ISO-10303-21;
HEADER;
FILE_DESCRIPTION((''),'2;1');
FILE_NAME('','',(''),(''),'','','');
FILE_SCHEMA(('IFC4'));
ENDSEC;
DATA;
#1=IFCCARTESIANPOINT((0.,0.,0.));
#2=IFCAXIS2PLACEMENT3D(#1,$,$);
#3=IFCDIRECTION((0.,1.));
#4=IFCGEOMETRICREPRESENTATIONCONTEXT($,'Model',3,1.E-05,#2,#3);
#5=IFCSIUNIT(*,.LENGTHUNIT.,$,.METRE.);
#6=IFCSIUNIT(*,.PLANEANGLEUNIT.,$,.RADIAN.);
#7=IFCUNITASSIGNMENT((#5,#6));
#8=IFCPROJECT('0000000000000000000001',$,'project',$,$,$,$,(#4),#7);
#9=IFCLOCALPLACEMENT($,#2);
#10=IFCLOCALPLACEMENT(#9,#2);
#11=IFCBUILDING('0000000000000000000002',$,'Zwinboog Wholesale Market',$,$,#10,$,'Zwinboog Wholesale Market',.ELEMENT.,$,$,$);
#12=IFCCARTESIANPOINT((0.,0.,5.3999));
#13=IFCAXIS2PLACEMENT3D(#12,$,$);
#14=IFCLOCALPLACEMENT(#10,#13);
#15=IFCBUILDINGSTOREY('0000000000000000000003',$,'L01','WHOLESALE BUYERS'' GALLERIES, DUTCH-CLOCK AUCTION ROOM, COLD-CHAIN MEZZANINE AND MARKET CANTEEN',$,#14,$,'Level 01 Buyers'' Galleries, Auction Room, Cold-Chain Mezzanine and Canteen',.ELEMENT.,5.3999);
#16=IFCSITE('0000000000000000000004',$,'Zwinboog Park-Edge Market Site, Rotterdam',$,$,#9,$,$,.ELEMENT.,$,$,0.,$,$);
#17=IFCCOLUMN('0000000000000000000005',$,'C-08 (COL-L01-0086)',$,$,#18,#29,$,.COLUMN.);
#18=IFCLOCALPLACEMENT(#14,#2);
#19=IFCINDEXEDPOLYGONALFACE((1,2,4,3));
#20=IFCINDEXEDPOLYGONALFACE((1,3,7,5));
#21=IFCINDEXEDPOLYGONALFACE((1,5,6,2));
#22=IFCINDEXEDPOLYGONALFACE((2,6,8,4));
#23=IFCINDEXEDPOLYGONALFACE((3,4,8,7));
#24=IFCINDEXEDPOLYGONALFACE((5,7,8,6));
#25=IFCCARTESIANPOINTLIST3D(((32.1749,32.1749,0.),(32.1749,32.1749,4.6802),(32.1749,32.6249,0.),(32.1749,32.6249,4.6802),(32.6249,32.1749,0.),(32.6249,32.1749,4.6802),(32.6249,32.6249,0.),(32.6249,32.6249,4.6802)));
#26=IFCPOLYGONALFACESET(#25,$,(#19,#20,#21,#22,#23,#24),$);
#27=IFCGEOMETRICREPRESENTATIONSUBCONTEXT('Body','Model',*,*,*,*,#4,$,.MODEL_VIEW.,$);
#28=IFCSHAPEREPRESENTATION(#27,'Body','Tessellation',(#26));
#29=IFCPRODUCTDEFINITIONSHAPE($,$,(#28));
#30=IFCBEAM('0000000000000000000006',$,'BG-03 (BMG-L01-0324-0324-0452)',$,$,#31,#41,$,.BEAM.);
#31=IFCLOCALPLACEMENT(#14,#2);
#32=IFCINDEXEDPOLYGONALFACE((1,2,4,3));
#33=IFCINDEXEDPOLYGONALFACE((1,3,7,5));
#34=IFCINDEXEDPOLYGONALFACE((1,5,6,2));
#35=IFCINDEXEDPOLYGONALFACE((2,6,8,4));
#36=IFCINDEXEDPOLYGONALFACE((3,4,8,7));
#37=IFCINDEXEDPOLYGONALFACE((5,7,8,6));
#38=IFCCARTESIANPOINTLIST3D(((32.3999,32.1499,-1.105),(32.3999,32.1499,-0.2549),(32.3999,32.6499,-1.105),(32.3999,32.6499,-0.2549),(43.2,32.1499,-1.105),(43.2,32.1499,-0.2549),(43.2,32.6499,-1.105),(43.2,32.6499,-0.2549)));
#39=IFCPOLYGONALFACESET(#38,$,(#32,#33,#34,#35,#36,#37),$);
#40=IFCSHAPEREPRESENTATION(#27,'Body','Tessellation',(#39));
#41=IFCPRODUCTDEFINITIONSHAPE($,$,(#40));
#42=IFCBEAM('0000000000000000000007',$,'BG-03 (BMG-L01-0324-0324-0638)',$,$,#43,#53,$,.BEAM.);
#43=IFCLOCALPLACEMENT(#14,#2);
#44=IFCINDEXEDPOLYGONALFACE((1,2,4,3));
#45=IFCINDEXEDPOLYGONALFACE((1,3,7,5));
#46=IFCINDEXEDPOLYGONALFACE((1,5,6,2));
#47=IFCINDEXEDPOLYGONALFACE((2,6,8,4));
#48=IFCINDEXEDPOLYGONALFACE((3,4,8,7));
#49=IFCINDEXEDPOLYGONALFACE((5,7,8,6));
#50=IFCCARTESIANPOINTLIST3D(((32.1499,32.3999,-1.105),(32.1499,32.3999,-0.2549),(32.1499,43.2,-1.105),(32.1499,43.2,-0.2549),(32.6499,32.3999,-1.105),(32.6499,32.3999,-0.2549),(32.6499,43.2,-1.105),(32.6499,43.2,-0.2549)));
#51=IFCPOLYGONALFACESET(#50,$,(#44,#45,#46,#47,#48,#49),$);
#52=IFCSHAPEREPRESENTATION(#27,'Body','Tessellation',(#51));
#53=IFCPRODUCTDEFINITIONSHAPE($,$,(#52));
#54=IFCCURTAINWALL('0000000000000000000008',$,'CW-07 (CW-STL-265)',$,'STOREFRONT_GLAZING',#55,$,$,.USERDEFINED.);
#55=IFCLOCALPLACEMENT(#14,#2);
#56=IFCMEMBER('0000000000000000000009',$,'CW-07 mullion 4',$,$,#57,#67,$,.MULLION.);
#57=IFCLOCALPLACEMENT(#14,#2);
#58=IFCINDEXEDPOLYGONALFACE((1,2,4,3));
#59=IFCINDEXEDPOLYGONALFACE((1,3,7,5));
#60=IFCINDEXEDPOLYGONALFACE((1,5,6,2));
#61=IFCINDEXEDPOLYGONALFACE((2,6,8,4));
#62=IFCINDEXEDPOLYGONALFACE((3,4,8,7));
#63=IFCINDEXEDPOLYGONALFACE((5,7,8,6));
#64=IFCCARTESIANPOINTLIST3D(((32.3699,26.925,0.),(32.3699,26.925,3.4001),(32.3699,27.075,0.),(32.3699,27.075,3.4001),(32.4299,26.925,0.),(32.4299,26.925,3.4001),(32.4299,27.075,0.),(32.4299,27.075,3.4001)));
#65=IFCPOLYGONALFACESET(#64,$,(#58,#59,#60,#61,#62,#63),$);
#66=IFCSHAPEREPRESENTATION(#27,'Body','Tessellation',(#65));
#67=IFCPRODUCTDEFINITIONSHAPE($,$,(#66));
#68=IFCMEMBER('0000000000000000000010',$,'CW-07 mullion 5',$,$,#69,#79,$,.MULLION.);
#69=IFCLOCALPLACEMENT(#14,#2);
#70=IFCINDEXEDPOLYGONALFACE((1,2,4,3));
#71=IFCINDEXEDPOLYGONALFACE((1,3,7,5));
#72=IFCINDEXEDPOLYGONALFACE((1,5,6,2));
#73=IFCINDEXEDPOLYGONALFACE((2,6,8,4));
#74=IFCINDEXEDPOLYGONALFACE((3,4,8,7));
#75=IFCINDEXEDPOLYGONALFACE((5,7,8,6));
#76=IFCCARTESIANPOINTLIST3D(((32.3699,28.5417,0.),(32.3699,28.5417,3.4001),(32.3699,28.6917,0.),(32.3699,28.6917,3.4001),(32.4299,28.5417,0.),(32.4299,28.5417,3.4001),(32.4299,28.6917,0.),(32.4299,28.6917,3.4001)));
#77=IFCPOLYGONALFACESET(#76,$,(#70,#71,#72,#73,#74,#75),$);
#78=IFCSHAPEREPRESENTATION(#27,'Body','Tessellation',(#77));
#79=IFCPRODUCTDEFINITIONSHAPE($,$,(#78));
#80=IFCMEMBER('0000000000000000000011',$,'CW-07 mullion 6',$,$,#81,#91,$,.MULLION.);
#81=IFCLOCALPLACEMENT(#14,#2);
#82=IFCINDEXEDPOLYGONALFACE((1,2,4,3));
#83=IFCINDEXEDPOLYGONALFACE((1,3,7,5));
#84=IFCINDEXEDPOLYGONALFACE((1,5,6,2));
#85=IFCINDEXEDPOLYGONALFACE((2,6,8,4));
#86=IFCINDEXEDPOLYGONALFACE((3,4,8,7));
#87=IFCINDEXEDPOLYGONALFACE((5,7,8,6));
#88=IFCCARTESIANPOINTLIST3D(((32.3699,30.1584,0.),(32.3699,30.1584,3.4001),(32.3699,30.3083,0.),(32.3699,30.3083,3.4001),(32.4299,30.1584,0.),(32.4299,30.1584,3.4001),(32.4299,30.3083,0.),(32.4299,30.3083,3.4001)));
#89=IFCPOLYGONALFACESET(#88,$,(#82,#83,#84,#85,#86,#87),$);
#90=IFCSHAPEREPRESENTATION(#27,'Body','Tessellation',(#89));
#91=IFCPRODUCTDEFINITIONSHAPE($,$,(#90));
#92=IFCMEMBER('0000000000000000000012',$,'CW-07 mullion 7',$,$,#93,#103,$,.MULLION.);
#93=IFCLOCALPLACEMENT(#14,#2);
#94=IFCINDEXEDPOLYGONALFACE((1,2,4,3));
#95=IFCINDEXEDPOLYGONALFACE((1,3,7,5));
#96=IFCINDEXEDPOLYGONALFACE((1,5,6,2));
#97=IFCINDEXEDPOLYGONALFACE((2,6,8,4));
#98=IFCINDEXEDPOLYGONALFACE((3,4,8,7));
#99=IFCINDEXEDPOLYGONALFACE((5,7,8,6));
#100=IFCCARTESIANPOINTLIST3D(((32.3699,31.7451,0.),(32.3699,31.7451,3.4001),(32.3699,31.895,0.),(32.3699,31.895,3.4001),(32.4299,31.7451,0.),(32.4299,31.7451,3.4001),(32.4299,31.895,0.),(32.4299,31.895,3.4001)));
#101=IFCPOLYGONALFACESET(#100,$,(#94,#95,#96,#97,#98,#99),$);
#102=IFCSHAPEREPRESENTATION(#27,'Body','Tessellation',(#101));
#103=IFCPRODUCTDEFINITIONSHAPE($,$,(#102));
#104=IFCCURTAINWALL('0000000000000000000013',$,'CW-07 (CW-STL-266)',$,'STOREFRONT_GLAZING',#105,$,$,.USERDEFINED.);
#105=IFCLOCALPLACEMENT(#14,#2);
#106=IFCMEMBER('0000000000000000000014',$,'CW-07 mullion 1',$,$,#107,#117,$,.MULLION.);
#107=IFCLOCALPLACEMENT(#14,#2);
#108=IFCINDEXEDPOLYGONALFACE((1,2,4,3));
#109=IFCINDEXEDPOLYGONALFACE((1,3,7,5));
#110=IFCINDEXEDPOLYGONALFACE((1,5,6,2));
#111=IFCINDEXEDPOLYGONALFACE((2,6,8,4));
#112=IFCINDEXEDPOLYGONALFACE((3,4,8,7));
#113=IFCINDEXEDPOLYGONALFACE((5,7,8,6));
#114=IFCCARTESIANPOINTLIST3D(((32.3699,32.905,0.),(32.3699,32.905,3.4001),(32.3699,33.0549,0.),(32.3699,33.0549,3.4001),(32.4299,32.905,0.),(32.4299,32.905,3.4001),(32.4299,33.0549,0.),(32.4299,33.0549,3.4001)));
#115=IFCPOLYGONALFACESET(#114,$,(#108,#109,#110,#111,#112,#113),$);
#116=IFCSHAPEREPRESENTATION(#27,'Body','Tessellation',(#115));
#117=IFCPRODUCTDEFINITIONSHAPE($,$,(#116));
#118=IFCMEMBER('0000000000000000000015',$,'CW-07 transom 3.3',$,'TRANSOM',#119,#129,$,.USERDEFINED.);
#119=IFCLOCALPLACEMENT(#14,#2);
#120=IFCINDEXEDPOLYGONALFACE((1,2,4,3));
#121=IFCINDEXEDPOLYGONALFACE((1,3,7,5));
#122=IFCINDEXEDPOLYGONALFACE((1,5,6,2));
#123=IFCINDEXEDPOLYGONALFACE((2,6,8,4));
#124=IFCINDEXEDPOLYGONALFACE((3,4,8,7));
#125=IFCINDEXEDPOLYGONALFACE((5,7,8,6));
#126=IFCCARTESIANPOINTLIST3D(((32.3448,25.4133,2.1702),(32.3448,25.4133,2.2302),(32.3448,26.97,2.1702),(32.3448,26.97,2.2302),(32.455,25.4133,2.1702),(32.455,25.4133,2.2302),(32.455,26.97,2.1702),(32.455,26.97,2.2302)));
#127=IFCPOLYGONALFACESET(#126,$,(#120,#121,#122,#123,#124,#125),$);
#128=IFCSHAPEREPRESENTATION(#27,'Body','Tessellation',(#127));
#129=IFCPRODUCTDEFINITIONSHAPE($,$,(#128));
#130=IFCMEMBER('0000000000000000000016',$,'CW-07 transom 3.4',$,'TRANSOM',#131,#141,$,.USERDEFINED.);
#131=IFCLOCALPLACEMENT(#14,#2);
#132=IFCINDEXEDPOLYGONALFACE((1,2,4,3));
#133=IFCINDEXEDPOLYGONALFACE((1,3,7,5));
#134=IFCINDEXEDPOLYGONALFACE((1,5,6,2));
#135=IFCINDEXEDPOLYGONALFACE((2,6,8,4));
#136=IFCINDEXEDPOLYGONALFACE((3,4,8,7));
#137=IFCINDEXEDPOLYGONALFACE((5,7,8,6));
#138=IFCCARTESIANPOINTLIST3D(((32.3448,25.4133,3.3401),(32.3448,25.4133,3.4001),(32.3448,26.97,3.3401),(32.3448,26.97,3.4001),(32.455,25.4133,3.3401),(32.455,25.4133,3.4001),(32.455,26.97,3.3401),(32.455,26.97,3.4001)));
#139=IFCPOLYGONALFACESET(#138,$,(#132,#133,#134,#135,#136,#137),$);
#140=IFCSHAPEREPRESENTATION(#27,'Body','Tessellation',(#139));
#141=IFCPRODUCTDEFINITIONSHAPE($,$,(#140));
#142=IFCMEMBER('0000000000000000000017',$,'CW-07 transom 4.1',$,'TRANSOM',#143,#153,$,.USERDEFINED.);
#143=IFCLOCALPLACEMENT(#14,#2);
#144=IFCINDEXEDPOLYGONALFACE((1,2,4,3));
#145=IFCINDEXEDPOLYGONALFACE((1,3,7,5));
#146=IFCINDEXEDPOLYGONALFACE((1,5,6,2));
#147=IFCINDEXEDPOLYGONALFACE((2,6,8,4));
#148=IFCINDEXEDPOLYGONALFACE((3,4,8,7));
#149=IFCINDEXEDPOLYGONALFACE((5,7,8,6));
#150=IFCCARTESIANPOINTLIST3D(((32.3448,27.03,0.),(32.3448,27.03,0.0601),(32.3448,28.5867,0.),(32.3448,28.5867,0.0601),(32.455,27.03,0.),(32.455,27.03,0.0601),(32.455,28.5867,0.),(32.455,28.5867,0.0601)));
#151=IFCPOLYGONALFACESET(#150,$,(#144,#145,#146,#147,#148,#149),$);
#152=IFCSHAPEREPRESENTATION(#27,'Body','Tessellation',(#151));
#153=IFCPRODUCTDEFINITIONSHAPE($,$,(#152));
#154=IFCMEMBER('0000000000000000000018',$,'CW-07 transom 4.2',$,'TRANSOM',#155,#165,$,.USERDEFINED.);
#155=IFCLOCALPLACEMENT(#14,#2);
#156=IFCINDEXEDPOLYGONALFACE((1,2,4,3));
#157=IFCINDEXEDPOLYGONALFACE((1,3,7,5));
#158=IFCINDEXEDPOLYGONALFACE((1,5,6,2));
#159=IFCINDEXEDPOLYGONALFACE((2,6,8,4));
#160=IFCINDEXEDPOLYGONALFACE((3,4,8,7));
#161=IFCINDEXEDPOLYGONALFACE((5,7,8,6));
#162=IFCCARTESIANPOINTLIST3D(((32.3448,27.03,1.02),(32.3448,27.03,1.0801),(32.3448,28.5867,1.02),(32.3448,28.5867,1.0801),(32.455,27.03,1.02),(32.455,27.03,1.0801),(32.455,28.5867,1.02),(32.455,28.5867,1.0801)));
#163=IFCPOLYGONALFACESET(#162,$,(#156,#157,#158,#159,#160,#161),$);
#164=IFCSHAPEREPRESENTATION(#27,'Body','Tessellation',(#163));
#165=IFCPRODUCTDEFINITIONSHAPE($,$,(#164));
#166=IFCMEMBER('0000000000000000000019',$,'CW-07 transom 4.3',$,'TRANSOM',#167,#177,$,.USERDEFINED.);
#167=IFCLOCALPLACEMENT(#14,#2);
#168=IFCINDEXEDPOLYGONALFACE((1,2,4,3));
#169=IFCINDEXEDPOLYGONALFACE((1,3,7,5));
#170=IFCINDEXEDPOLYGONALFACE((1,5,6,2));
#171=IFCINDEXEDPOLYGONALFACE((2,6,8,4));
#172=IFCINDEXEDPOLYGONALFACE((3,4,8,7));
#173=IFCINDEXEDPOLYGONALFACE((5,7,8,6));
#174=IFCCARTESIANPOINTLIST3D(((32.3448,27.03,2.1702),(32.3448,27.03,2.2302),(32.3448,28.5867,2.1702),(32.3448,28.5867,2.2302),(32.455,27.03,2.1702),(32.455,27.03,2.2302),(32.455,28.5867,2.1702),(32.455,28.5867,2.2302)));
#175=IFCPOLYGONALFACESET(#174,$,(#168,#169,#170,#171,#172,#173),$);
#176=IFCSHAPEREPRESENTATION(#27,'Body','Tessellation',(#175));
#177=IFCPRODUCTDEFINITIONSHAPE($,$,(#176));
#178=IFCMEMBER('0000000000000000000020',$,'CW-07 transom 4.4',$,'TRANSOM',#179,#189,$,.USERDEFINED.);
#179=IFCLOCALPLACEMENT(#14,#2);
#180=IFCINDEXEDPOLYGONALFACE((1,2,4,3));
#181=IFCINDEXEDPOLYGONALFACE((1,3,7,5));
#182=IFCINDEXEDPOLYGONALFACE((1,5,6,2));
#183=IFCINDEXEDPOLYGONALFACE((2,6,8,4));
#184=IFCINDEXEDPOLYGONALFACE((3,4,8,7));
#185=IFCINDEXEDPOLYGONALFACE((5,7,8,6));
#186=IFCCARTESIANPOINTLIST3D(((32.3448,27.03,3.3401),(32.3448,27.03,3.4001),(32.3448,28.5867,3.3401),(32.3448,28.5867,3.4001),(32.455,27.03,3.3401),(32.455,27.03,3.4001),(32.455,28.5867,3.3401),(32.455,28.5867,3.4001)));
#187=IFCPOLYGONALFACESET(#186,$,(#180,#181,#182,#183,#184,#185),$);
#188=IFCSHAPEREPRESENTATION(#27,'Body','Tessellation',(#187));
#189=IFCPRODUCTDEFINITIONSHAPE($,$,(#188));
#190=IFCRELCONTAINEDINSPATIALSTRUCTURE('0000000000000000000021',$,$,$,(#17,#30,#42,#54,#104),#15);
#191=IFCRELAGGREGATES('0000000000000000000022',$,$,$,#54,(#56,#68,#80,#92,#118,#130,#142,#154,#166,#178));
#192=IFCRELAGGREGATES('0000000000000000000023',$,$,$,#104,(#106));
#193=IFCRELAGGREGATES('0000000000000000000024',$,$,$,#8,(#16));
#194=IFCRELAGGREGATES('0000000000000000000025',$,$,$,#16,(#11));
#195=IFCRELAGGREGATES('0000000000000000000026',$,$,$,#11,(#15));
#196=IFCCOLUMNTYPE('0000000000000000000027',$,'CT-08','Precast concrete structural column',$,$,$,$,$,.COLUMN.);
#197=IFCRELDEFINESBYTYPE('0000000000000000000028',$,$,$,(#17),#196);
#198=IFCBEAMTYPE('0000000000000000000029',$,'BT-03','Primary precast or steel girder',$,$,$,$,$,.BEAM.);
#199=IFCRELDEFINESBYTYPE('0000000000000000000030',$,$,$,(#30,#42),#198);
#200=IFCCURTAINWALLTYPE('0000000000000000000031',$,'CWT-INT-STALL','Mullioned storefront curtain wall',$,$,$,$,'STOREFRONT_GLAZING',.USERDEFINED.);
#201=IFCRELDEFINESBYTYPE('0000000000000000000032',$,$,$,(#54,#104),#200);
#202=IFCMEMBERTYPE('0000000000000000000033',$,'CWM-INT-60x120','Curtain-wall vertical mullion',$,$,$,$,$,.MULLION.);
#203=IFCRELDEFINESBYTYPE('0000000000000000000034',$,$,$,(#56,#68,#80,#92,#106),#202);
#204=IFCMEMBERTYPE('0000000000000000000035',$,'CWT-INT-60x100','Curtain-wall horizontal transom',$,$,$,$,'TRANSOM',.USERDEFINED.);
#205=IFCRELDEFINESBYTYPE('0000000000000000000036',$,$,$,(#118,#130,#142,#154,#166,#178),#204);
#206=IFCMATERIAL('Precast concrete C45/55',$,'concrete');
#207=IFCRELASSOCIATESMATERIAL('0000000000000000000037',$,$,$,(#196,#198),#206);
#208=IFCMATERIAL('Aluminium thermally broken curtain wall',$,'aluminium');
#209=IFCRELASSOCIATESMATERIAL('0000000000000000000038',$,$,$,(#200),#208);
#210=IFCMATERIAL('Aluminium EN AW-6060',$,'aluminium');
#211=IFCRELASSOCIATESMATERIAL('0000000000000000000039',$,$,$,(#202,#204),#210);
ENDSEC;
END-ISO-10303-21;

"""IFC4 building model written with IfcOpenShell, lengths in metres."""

from ifc_helpers import new_model, si_unit, direction, frame, origin, origin_2d, place, context, subcontext, project, spatial, rectangle, extrude, material, material_profile, profile_set, type_object, element, aggregate, save


model = new_model("IFC4")

# Units and contexts
model_context = context("Model", 3, precision=1e-05, world=origin(), true_north=direction((0.0, 1.0)))
body_context = subcontext(model_context, "Body", "Model", "MODEL_VIEW")
ifc_project = project(units=[si_unit("LENGTHUNIT", "METRE"), si_unit("PLANEANGLEUNIT", "RADIAN")], contexts=[model_context])

# Site, building, storey
site_placement = place(None, origin())
site = spatial("IfcSite", under=ifc_project, at=site_placement, Name="Zwinboog Park-Edge Market Site, Rotterdam", CompositionType="ELEMENT", RefElevation=0.0)
building_placement = place(site_placement, origin())
building = spatial("IfcBuilding", under=site, at=building_placement, Name="Zwinboog Wholesale Market", LongName="Zwinboog Wholesale Market", CompositionType="ELEMENT")
storey_placement = place(building_placement, frame((0.0, 0.0, 5.3999)))
storey = spatial("IfcBuildingStorey", under=building, at=storey_placement, Name="L01", Description="WHOLESALE BUYERS' GALLERIES, DUTCH-CLOCK AUCTION ROOM, COLD-CHAIN MEZZANINE AND MARKET CANTEEN", LongName="Level 01 Buyers' Galleries, Auction Room, Cold-Chain Mezzanine and Canteen", CompositionType="ELEMENT", Elevation=5.3999)

# Column
ifc_material_1 = material(Name="Precast concrete C45/55", Category="concrete")
ifc_material_profile_1 = material_profile(ifc_material_1, rectangle(XDim=0.45, YDim=0.45, at=origin_2d()), Name="PC 450x450")
ifc_profile_set_1 = profile_set([ifc_material_profile_1], Name="Precast concrete C45/55")
column_type = type_object("IfcColumnType", Name="CT-08", Description="Precast concrete structural column", PredefinedType="COLUMN", material=ifc_profile_set_1)
column_placement = place(storey_placement, frame((32.3999, 32.3999, 0.0), z_axis=(0.0, 0.0, 1.0), x_axis=(1.0, 0.0, 0.0)))
element("IfcColumn", 1, at=column_placement, inside=storey, type_object=column_type, Name="C-08 (COL-L01-0086)", PredefinedType="COLUMN", context=body_context, shape_type="SweptSolid", body=[
    extrude(rectangle(XDim=0.45, YDim=0.45, at=origin_2d()), origin(), (0.0, 0.0, 1.0), 4.6802),
])

# Beams
ifc_material_profile_2 = material_profile(ifc_material_1, rectangle(XDim=0.5, YDim=0.8501, at=origin_2d()), Name="PC 500x850")
ifc_profile_set_2 = profile_set([ifc_material_profile_2], Name="Precast concrete C45/55")
beam_type = type_object("IfcBeamType", Name="BT-03", Description="Primary precast or steel girder", PredefinedType="BEAM", material=ifc_profile_set_2)
for number, where, z_axis, x_axis, name in (
    (2, (32.3999, 32.3999, -0.6799), (1.0, 0.0, 0.0), (0.0, 1.0, 0.0), "BG-03 (BMG-L01-0324-0324-0452)"),
    (3, (32.3999, 32.3999, -0.6799), (0.0, 1.0, 0.0), (-1.0, 0.0, 0.0), "BG-03 (BMG-L01-0324-0324-0638)"),
):
    element("IfcBeam", number, at=place(storey_placement, frame(where, z_axis=z_axis, x_axis=x_axis)), inside=storey, type_object=beam_type, Name=name, PredefinedType="BEAM", context=body_context, shape_type="SweptSolid", body=[
        extrude(rectangle(XDim=0.5, YDim=0.8501, at=origin_2d()), origin(), (0.0, 0.0, 1.0), 10.8),
    ])

# Curtain wall, members
ifc_material_2 = material(Name="Aluminium thermally broken curtain wall", Category="aluminium")
curtain_wall_type = type_object("IfcCurtainWallType", Name="CWT-INT-STALL", Description="Mullioned storefront curtain wall", ElementType="STOREFRONT_GLAZING", PredefinedType="USERDEFINED", material=ifc_material_2)
curtain_wall_1_placement = place(storey_placement, origin())
curtain_wall_1 = element("IfcCurtainWall", 4, at=curtain_wall_1_placement, inside=storey, type_object=curtain_wall_type, Name="CW-07 (CW-STL-265)", ObjectType="STOREFRONT_GLAZING", PredefinedType="USERDEFINED")
ifc_material_3 = material(Name="Aluminium EN AW-6060", Category="aluminium")
ifc_material_profile_3 = material_profile(ifc_material_3, rectangle(XDim=0.0601, YDim=0.1499, at=origin_2d()), Name="AL 60x150")
ifc_profile_set_3 = profile_set([ifc_material_profile_3], Name="Aluminium EN AW-6060")
member_type_1 = type_object("IfcMemberType", Name="CWM-INT-60x120", Description="Curtain-wall vertical mullion", PredefinedType="MULLION", material=ifc_profile_set_3)
member_1_placement = place(storey_placement, frame((32.3999, 27.0, 0.0), z_axis=(0.0, 0.0, 1.0), x_axis=(-1.0, 0.0, 0.0)))
member_1 = element("IfcMember", 5, at=member_1_placement, type_object=member_type_1, Name="CW-07 mullion 4", PredefinedType="MULLION", context=body_context, shape_type="SweptSolid", body=[
    extrude(rectangle(XDim=0.0601, YDim=0.1499, at=origin_2d()), origin(), (0.0, 0.0, 1.0), 3.4001),
])
member_2_placement = place(storey_placement, frame((32.3999, 28.6167, 0.0), z_axis=(0.0, 0.0, 1.0), x_axis=(-1.0, 0.0, 0.0)))
member_2 = element("IfcMember", 6, at=member_2_placement, type_object=member_type_1, Name="CW-07 mullion 5", PredefinedType="MULLION", context=body_context, shape_type="SweptSolid", body=[
    extrude(rectangle(XDim=0.0601, YDim=0.1499, at=origin_2d()), origin(), (0.0, 0.0, 1.0), 3.4001),
])
member_3_placement = place(storey_placement, frame((32.3999, 30.2334, 0.0), z_axis=(0.0, 0.0, 1.0), x_axis=(-1.0, 0.0, 0.0)))
member_3 = element("IfcMember", 7, at=member_3_placement, type_object=member_type_1, Name="CW-07 mullion 6", PredefinedType="MULLION", context=body_context, shape_type="SweptSolid", body=[
    extrude(rectangle(XDim=0.0601, YDim=0.1499, at=origin_2d()), origin(), (0.0, 0.0, 1.0), 3.4001),
])
member_4_placement = place(storey_placement, frame((32.3999, 31.8201, 0.0), z_axis=(0.0, 0.0, 1.0), x_axis=(-1.0, 0.0, 0.0)))
member_4 = element("IfcMember", 8, at=member_4_placement, type_object=member_type_1, Name="CW-07 mullion 7", PredefinedType="MULLION", context=body_context, shape_type="SweptSolid", body=[
    extrude(rectangle(XDim=0.0601, YDim=0.1499, at=origin_2d()), origin(), (0.0, 0.0, 1.0), 3.4001),
])

# Curtain wall, member
curtain_wall_2_placement = place(storey_placement, origin())
curtain_wall_2 = element("IfcCurtainWall", 9, at=curtain_wall_2_placement, inside=storey, type_object=curtain_wall_type, Name="CW-07 (CW-STL-266)", ObjectType="STOREFRONT_GLAZING", PredefinedType="USERDEFINED")
member_5_placement = place(storey_placement, frame((32.3999, 32.98, 0.0), z_axis=(0.0, 0.0, 1.0), x_axis=(-1.0, 0.0, 0.0)))
member_5 = element("IfcMember", 10, at=member_5_placement, type_object=member_type_1, Name="CW-07 mullion 1", PredefinedType="MULLION", context=body_context, shape_type="SweptSolid", body=[
    extrude(rectangle(XDim=0.0601, YDim=0.1499, at=origin_2d()), origin(), (0.0, 0.0, 1.0), 3.4001),
])

# Members
ifc_material_profile_4 = material_profile(ifc_material_3, rectangle(XDim=0.1101, YDim=0.0601, at=origin_2d()), Name="AL 60x110")
ifc_profile_set_4 = profile_set([ifc_material_profile_4], Name="Aluminium EN AW-6060")
member_type_2 = type_object("IfcMemberType", Name="CWT-INT-60x100", Description="Curtain-wall horizontal transom", ElementType="TRANSOM", PredefinedType="USERDEFINED", material=ifc_profile_set_4)
member_6_placement = place(storey_placement, frame((32.3999, 25.4133, 2.2002), z_axis=(0.0, 1.0, 0.0), x_axis=(-1.0, 0.0, 0.0)))
member_6 = element("IfcMember", 11, at=member_6_placement, type_object=member_type_2, Name="CW-07 transom 3.3", ObjectType="TRANSOM", PredefinedType="USERDEFINED", context=body_context, shape_type="SweptSolid", body=[
    extrude(rectangle(XDim=0.1101, YDim=0.0601, at=origin_2d()), origin(), (0.0, 0.0, 1.0), 1.5566),
])
member_7_placement = place(storey_placement, frame((32.3999, 25.4133, 3.3701), z_axis=(0.0, 1.0, 0.0), x_axis=(-1.0, 0.0, 0.0)))
member_7 = element("IfcMember", 12, at=member_7_placement, type_object=member_type_2, Name="CW-07 transom 3.4", ObjectType="TRANSOM", PredefinedType="USERDEFINED", context=body_context, shape_type="SweptSolid", body=[
    extrude(rectangle(XDim=0.1101, YDim=0.0601, at=origin_2d()), origin(), (0.0, 0.0, 1.0), 1.5566),
])
member_8_placement = place(storey_placement, frame((32.3999, 27.03, 0.03), z_axis=(0.0, 1.0, 0.0), x_axis=(-1.0, 0.0, 0.0)))
member_8 = element("IfcMember", 13, at=member_8_placement, type_object=member_type_2, Name="CW-07 transom 4.1", ObjectType="TRANSOM", PredefinedType="USERDEFINED", context=body_context, shape_type="SweptSolid", body=[
    extrude(rectangle(XDim=0.1101, YDim=0.0601, at=origin_2d()), origin(), (0.0, 0.0, 1.0), 1.5566),
])
member_9_placement = place(storey_placement, frame((32.3999, 27.03, 1.05), z_axis=(0.0, 1.0, 0.0), x_axis=(-1.0, 0.0, 0.0)))
member_9 = element("IfcMember", 14, at=member_9_placement, type_object=member_type_2, Name="CW-07 transom 4.2", ObjectType="TRANSOM", PredefinedType="USERDEFINED", context=body_context, shape_type="SweptSolid", body=[
    extrude(rectangle(XDim=0.1101, YDim=0.0601, at=origin_2d()), origin(), (0.0, 0.0, 1.0), 1.5566),
])
member_10_placement = place(storey_placement, frame((32.3999, 27.03, 2.2002), z_axis=(0.0, 1.0, 0.0), x_axis=(-1.0, 0.0, 0.0)))
member_10 = element("IfcMember", 15, at=member_10_placement, type_object=member_type_2, Name="CW-07 transom 4.3", ObjectType="TRANSOM", PredefinedType="USERDEFINED", context=body_context, shape_type="SweptSolid", body=[
    extrude(rectangle(XDim=0.1101, YDim=0.0601, at=origin_2d()), origin(), (0.0, 0.0, 1.0), 1.5566),
])
member_11_placement = place(storey_placement, frame((32.3999, 27.03, 3.3701), z_axis=(0.0, 1.0, 0.0), x_axis=(-1.0, 0.0, 0.0)))
member_11 = element("IfcMember", 16, at=member_11_placement, type_object=member_type_2, Name="CW-07 transom 4.4", ObjectType="TRANSOM", PredefinedType="USERDEFINED", context=body_context, shape_type="SweptSolid", body=[
    extrude(rectangle(XDim=0.1101, YDim=0.0601, at=origin_2d()), origin(), (0.0, 0.0, 1.0), 1.5566),
])

aggregate(curtain_wall_1, [member_1, member_2, member_3, member_4, member_6, member_7, member_8, member_9, member_10, member_11])
aggregate(curtain_wall_2, [member_5])

save(model, "model.ifc")
